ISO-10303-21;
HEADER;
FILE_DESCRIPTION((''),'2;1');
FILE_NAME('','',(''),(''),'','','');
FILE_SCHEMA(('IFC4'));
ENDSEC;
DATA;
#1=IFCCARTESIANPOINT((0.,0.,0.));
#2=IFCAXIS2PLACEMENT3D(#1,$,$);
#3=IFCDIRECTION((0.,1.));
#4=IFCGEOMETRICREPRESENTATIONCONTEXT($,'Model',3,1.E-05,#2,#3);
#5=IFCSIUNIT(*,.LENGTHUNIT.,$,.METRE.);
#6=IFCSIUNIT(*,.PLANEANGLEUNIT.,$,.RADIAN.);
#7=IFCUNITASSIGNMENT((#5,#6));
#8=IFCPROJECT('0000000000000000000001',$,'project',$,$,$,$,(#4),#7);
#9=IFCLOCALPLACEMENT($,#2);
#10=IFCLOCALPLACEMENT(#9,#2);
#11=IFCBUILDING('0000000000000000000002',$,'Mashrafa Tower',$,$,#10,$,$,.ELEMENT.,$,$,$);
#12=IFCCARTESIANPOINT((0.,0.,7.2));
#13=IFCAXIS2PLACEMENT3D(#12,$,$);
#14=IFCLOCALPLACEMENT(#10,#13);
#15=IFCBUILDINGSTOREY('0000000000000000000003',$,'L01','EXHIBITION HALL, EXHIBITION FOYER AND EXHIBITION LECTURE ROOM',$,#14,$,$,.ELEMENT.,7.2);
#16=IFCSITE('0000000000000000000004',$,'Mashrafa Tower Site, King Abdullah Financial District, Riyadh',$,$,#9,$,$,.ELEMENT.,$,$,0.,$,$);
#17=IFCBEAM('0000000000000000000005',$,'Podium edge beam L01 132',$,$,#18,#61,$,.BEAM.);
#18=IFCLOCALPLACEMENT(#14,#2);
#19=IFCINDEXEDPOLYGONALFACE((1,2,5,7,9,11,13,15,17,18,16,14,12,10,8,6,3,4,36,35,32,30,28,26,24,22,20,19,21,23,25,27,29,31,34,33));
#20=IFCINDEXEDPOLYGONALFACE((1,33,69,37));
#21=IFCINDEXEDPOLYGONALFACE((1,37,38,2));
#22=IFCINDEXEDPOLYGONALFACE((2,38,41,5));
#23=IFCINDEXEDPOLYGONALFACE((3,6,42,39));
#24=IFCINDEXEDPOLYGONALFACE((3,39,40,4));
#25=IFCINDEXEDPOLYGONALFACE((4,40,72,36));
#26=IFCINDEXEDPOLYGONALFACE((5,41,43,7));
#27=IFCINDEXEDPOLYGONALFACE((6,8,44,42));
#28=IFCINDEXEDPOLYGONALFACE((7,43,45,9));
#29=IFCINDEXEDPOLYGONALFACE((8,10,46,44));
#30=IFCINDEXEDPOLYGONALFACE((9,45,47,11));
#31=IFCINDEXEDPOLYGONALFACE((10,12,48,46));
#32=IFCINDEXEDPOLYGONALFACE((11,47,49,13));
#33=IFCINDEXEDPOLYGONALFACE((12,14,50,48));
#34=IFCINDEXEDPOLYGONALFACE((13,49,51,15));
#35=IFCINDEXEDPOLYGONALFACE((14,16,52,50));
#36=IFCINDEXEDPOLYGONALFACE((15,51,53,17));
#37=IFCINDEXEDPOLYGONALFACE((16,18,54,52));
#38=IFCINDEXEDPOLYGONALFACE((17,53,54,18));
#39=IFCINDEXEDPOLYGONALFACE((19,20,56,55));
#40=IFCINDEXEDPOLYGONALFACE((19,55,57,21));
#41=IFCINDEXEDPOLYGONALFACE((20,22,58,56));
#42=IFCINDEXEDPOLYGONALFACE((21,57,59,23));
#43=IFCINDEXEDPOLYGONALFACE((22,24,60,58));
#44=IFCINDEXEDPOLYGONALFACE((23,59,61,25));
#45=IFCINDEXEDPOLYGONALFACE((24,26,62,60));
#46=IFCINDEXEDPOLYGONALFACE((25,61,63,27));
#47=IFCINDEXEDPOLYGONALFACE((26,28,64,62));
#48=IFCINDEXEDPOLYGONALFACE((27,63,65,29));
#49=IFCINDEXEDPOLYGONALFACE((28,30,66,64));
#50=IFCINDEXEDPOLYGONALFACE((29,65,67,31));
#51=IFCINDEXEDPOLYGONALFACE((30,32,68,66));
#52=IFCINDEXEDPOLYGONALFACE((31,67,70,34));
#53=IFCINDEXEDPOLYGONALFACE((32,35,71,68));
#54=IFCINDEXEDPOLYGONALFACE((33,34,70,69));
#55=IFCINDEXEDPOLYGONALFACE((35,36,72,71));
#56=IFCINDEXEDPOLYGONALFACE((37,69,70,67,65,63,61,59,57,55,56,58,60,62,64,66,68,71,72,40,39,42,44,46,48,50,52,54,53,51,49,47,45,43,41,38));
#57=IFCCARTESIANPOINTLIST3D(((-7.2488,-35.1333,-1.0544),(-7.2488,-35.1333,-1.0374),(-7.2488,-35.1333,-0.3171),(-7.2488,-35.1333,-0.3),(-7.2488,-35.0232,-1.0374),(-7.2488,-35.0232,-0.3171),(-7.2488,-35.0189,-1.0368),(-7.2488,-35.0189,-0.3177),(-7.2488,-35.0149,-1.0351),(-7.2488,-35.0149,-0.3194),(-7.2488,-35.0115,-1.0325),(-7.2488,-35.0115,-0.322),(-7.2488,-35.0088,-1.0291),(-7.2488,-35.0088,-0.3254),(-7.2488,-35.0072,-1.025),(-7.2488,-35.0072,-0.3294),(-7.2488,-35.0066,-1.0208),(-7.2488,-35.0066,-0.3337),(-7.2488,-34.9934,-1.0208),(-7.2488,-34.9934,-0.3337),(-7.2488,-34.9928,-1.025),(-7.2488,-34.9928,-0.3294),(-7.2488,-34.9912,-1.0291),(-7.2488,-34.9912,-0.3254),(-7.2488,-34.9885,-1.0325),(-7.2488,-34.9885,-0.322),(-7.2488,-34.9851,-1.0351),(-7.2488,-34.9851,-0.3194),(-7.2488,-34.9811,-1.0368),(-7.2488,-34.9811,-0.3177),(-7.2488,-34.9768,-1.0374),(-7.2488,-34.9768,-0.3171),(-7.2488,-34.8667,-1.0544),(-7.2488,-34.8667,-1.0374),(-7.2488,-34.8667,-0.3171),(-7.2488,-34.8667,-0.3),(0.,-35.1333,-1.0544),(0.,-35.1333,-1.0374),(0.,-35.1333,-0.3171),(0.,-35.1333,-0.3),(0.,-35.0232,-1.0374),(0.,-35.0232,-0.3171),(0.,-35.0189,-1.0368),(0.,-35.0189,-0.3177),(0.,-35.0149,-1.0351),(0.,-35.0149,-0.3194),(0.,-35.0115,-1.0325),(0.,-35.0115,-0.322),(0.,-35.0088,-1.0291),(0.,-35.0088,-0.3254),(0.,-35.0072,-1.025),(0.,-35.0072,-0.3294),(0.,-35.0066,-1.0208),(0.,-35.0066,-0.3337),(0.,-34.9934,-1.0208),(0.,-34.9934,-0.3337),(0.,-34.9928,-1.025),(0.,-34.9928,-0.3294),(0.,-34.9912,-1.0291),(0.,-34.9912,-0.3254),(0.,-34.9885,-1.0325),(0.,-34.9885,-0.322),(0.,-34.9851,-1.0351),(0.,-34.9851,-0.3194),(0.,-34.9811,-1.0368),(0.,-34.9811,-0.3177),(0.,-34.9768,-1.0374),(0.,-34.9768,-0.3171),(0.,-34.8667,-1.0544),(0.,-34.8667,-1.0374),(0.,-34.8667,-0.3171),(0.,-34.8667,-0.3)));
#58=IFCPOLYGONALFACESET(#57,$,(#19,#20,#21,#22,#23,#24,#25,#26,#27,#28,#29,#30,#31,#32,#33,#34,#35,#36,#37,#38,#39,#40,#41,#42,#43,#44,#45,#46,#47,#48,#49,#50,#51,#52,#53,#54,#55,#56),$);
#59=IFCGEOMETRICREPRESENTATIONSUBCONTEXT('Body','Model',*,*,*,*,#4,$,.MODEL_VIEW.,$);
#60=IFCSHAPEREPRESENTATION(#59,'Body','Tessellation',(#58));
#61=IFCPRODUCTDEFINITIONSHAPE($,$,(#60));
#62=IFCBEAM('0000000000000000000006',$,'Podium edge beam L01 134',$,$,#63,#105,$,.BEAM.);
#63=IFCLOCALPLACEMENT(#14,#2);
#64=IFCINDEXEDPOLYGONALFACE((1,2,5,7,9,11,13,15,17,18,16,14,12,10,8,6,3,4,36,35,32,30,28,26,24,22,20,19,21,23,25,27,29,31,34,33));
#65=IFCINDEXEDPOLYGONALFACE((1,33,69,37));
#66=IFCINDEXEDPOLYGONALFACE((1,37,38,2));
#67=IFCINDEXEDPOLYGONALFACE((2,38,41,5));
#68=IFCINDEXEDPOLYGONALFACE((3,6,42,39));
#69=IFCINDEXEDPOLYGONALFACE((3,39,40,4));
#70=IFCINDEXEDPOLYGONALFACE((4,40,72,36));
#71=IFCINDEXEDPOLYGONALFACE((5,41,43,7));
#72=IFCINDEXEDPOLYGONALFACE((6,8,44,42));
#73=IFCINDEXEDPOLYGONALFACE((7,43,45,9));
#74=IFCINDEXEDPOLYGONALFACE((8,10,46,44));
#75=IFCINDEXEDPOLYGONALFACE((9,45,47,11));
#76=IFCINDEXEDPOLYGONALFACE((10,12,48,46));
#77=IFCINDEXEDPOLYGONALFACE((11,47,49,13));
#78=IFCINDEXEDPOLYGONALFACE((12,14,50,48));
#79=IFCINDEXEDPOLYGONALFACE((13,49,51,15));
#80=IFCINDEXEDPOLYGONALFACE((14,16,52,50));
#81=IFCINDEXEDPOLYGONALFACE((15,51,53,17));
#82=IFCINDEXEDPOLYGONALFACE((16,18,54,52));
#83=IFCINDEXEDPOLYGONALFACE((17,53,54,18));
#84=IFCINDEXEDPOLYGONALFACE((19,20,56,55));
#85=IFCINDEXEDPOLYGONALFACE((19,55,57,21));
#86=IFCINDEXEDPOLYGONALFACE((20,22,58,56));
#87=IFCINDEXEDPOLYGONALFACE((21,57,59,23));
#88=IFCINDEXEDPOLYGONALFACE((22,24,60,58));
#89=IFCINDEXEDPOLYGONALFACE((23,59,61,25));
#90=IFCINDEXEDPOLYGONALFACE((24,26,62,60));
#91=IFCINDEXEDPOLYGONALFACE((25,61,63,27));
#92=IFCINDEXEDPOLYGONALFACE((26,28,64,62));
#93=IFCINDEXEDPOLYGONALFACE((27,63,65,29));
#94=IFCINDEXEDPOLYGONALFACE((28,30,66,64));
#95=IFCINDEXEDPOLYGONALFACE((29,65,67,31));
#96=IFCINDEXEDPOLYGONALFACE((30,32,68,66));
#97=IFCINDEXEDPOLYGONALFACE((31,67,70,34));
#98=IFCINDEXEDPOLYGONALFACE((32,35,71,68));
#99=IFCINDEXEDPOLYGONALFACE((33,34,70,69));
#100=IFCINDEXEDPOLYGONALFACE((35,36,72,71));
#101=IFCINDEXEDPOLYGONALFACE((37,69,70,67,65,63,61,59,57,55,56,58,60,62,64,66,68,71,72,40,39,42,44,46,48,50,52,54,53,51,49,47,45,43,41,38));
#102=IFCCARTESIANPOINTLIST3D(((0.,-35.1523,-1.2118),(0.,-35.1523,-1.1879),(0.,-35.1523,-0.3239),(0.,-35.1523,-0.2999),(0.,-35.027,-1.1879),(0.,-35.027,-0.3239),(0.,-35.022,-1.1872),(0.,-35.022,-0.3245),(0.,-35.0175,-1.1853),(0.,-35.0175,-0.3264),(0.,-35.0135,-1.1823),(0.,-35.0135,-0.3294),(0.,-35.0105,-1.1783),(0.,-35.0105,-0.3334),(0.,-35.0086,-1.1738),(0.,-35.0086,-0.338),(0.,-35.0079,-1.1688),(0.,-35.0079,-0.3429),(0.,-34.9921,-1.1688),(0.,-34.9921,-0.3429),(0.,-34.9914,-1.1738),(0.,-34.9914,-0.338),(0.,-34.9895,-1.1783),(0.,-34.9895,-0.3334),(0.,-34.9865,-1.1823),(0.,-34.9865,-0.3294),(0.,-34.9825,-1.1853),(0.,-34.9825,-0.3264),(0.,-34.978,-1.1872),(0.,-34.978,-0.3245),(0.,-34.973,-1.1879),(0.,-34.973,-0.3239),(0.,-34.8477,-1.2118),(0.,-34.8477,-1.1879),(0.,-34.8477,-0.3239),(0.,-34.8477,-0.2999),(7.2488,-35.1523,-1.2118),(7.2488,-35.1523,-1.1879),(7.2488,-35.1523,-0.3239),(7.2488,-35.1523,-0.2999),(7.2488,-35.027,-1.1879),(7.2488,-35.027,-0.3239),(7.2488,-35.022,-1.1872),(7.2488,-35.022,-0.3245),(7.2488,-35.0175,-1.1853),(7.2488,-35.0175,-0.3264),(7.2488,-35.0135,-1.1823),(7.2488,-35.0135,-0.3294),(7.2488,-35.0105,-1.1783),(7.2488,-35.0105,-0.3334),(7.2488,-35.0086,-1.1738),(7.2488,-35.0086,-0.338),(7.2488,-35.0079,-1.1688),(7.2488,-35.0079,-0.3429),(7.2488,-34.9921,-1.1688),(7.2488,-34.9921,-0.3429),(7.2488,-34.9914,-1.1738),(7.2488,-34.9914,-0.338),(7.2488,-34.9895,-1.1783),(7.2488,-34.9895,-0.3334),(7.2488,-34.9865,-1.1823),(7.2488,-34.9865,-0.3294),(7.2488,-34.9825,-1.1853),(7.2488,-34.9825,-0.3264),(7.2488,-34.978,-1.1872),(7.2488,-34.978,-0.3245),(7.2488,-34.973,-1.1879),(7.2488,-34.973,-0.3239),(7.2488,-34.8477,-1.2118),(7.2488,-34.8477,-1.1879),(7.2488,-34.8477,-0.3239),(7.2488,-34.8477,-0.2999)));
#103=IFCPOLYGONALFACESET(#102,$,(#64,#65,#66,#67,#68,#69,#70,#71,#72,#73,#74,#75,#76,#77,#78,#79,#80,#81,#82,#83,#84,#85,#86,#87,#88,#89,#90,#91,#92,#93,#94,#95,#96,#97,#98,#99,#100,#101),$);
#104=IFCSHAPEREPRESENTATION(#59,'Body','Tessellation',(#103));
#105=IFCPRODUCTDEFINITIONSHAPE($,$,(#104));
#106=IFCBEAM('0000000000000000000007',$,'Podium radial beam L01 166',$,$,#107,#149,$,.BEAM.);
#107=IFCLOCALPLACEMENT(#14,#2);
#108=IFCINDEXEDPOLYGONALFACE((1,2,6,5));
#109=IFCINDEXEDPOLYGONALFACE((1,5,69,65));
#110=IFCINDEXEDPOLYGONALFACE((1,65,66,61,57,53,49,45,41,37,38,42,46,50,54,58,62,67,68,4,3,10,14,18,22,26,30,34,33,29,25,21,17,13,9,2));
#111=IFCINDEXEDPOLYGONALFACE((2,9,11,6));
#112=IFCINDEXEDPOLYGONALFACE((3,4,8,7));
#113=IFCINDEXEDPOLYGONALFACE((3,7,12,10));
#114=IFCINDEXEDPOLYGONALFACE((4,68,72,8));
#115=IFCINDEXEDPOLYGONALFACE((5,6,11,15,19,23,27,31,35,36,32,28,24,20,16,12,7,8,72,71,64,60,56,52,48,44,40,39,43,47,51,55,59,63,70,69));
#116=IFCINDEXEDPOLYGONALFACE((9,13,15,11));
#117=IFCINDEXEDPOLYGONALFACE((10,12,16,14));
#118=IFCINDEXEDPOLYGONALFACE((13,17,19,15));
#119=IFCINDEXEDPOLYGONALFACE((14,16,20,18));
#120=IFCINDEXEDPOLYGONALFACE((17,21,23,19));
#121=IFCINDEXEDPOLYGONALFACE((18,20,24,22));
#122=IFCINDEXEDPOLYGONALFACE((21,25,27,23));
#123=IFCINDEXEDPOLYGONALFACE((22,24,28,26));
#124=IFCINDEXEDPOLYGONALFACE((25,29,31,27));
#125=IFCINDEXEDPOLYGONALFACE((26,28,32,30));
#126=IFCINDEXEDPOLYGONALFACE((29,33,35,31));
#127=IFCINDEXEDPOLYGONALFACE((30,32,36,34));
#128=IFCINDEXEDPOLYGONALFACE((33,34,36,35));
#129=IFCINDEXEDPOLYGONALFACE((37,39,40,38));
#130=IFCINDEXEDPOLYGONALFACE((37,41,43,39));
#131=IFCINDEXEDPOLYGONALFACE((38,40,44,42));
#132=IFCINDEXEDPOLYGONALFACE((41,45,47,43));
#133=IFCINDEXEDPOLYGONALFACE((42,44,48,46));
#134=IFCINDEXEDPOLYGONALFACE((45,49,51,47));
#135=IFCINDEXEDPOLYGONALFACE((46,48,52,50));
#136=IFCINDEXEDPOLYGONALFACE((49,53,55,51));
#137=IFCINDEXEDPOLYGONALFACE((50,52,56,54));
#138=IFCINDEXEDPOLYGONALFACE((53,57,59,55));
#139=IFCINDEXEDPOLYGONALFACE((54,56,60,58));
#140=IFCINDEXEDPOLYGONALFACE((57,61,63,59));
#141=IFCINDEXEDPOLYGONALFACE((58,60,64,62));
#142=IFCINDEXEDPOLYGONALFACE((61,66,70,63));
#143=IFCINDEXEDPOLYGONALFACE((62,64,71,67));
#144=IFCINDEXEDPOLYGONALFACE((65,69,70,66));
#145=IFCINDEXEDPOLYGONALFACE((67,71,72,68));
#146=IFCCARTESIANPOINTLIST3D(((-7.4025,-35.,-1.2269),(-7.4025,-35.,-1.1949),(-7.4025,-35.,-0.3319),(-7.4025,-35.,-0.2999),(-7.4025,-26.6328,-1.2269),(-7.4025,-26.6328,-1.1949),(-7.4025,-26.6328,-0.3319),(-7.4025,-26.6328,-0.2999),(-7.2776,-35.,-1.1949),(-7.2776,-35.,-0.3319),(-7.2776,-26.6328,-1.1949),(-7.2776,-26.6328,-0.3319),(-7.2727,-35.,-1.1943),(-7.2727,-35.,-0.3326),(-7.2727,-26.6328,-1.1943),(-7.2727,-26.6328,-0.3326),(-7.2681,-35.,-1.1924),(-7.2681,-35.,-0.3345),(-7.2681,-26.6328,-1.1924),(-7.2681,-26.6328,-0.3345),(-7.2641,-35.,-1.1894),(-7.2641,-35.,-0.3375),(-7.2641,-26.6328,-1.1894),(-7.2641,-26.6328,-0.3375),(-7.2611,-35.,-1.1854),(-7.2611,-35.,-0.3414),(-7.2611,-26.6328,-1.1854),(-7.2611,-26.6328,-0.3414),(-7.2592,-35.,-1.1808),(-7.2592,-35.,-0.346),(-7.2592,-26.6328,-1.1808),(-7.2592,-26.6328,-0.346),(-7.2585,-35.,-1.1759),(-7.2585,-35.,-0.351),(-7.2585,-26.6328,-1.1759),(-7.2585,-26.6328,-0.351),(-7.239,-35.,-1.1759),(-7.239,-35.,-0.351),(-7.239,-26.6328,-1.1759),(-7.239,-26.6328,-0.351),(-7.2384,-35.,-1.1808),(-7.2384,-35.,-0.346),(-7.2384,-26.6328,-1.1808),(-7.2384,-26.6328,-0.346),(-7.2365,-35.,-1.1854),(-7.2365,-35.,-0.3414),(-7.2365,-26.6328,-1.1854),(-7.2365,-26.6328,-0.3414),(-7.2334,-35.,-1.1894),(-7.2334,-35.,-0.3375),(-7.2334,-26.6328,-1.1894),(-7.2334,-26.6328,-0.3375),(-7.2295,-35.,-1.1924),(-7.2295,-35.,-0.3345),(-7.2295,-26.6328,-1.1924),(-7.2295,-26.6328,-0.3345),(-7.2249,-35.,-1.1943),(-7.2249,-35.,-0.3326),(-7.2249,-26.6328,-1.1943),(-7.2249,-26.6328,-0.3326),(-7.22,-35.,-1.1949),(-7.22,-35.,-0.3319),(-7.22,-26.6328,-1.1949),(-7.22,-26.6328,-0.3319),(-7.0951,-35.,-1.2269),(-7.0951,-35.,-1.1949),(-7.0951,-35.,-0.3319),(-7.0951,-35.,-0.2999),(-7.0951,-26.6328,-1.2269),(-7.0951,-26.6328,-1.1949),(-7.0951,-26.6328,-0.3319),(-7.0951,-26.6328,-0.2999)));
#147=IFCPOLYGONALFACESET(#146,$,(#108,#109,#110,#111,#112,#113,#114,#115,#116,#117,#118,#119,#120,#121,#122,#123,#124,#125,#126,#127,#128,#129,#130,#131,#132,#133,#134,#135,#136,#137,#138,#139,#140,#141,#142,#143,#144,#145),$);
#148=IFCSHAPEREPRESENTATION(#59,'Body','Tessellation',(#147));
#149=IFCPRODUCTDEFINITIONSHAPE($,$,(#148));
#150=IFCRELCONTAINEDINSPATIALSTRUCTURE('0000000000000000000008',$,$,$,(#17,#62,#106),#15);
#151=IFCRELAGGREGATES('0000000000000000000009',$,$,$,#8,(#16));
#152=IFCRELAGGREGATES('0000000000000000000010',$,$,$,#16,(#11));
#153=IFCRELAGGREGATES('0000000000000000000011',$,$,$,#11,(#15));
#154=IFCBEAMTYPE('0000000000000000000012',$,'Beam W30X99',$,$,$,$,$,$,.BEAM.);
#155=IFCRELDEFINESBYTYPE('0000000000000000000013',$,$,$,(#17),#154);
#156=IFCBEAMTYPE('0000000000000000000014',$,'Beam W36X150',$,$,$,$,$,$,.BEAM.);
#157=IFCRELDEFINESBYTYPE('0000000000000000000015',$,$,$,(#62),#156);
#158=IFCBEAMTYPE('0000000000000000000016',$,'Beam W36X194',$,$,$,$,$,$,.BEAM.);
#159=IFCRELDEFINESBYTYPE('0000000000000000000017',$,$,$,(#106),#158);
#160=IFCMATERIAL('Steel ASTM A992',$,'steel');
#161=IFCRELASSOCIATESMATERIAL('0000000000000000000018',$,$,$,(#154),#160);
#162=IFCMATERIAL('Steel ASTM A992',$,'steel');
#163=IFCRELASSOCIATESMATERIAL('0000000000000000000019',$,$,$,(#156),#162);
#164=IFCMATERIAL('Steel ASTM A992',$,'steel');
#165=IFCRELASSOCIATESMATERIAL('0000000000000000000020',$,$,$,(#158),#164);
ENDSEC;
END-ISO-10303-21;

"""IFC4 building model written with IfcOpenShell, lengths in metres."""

from ifc_helpers import new_model, si_unit, direction, frame, origin, origin_2d, place, context, subcontext, project, spatial, i_section, extrude, material, material_profile, profile_set, type_object, element, save


model = new_model("IFC4")

# Units and contexts
model_context = context("Model", 3, precision=1e-05, world=origin(), true_north=direction((0.0, 1.0)))
body_context = subcontext(model_context, "Body", "Model", "MODEL_VIEW")
ifc_project = project(units=[si_unit("LENGTHUNIT", "METRE"), si_unit("PLANEANGLEUNIT", "RADIAN")], contexts=[model_context])

# Site, building, storey
site_placement = place(None, origin())
site = spatial("IfcSite", under=ifc_project, at=site_placement, Name="Mashrafa Tower Site, King Abdullah Financial District, Riyadh", CompositionType="ELEMENT", RefElevation=0.0)
building_placement = place(site_placement, origin())
building = spatial("IfcBuilding", under=site, at=building_placement, Name="Mashrafa Tower", CompositionType="ELEMENT")
storey_placement = place(building_placement, frame((0.0, 0.0, 7.2)))
storey = spatial("IfcBuildingStorey", under=building, at=storey_placement, Name="L01", Description="EXHIBITION HALL, EXHIBITION FOYER AND EXHIBITION LECTURE ROOM", CompositionType="ELEMENT", Elevation=7.2)

# Beams
ifc_material_1 = material(Name="Steel ASTM A992", Category="steel")
ifc_material_profile_1 = material_profile(ifc_material_1, i_section(OverallWidth=0.2666, OverallDepth=0.7544, WebThickness=0.0132, FlangeThickness=0.0171, FilletRadius=0.0166, at=origin_2d()), Name="W30X99")
ifc_profile_set_1 = profile_set([ifc_material_profile_1], Name="Steel ASTM A992")
beam_type_1 = type_object("IfcBeamType", Name="Beam W30X99", PredefinedType="BEAM", material=ifc_profile_set_1)
beam_1_placement = place(storey_placement, frame((-7.2488, -35.0, -0.6772), z_axis=(1.0, 0.0, 0.0), x_axis=(0.0, 1.0, 0.0)))
element("IfcBeam", 1, at=beam_1_placement, inside=storey, type_object=beam_type_1, Name="Podium edge beam L01 132", PredefinedType="BEAM", context=body_context, shape_type="SweptSolid", body=[
    extrude(i_section(OverallWidth=0.2666, OverallDepth=0.7544, WebThickness=0.0132, FlangeThickness=0.0171, FilletRadius=0.0166, at=origin_2d()), origin(), (0.0, 0.0, 1.0), 7.2488),
])
ifc_material_2 = material(Name="Steel ASTM A992", Category="steel")
ifc_material_profile_2 = material_profile(ifc_material_2, i_section(OverallWidth=0.3047, OverallDepth=0.9119, WebThickness=0.0159, FlangeThickness=0.0239, FilletRadius=0.019, at=origin_2d()), Name="W36X150")
ifc_profile_set_2 = profile_set([ifc_material_profile_2], Name="Steel ASTM A992")
beam_type_2 = type_object("IfcBeamType", Name="Beam W36X150", PredefinedType="BEAM", material=ifc_profile_set_2)
beam_2_placement = place(storey_placement, frame((0.0, -35.0, -0.7559), z_axis=(1.0, 0.0, 0.0), x_axis=(0.0, 1.0, 0.0)))
element("IfcBeam", 2, at=beam_2_placement, inside=storey, type_object=beam_type_2, Name="Podium edge beam L01 134", PredefinedType="BEAM", context=body_context, shape_type="SweptSolid", body=[
    extrude(i_section(OverallWidth=0.3047, OverallDepth=0.9119, WebThickness=0.0159, FlangeThickness=0.0239, FilletRadius=0.019, at=origin_2d()), origin(), (0.0, 0.0, 1.0), 7.2488),
])
ifc_material_3 = material(Name="Steel ASTM A992", Category="steel")
ifc_material_profile_3 = material_profile(ifc_material_3, i_section(OverallWidth=0.3074, OverallDepth=0.927, WebThickness=0.0195, FlangeThickness=0.032, FilletRadius=0.019, at=origin_2d()), Name="W36X194")
ifc_profile_set_3 = profile_set([ifc_material_profile_3], Name="Steel ASTM A992")
beam_type_3 = type_object("IfcBeamType", Name="Beam W36X194", PredefinedType="BEAM", material=ifc_profile_set_3)
beam_3_placement = place(storey_placement, frame((-7.2488, -26.6328, -0.7634), z_axis=(0.0, -1.0, 0.0), x_axis=(1.0, 0.0, 0.0)))
element("IfcBeam", 3, at=beam_3_placement, inside=storey, type_object=beam_type_3, Name="Podium radial beam L01 166", PredefinedType="BEAM", context=body_context, shape_type="SweptSolid", body=[
    extrude(i_section(OverallWidth=0.3074, OverallDepth=0.927, WebThickness=0.0195, FlangeThickness=0.032, FilletRadius=0.019, at=origin_2d()), origin(), (0.0, 0.0, 1.0), 8.3672),
])

save(model, "model.ifc")
